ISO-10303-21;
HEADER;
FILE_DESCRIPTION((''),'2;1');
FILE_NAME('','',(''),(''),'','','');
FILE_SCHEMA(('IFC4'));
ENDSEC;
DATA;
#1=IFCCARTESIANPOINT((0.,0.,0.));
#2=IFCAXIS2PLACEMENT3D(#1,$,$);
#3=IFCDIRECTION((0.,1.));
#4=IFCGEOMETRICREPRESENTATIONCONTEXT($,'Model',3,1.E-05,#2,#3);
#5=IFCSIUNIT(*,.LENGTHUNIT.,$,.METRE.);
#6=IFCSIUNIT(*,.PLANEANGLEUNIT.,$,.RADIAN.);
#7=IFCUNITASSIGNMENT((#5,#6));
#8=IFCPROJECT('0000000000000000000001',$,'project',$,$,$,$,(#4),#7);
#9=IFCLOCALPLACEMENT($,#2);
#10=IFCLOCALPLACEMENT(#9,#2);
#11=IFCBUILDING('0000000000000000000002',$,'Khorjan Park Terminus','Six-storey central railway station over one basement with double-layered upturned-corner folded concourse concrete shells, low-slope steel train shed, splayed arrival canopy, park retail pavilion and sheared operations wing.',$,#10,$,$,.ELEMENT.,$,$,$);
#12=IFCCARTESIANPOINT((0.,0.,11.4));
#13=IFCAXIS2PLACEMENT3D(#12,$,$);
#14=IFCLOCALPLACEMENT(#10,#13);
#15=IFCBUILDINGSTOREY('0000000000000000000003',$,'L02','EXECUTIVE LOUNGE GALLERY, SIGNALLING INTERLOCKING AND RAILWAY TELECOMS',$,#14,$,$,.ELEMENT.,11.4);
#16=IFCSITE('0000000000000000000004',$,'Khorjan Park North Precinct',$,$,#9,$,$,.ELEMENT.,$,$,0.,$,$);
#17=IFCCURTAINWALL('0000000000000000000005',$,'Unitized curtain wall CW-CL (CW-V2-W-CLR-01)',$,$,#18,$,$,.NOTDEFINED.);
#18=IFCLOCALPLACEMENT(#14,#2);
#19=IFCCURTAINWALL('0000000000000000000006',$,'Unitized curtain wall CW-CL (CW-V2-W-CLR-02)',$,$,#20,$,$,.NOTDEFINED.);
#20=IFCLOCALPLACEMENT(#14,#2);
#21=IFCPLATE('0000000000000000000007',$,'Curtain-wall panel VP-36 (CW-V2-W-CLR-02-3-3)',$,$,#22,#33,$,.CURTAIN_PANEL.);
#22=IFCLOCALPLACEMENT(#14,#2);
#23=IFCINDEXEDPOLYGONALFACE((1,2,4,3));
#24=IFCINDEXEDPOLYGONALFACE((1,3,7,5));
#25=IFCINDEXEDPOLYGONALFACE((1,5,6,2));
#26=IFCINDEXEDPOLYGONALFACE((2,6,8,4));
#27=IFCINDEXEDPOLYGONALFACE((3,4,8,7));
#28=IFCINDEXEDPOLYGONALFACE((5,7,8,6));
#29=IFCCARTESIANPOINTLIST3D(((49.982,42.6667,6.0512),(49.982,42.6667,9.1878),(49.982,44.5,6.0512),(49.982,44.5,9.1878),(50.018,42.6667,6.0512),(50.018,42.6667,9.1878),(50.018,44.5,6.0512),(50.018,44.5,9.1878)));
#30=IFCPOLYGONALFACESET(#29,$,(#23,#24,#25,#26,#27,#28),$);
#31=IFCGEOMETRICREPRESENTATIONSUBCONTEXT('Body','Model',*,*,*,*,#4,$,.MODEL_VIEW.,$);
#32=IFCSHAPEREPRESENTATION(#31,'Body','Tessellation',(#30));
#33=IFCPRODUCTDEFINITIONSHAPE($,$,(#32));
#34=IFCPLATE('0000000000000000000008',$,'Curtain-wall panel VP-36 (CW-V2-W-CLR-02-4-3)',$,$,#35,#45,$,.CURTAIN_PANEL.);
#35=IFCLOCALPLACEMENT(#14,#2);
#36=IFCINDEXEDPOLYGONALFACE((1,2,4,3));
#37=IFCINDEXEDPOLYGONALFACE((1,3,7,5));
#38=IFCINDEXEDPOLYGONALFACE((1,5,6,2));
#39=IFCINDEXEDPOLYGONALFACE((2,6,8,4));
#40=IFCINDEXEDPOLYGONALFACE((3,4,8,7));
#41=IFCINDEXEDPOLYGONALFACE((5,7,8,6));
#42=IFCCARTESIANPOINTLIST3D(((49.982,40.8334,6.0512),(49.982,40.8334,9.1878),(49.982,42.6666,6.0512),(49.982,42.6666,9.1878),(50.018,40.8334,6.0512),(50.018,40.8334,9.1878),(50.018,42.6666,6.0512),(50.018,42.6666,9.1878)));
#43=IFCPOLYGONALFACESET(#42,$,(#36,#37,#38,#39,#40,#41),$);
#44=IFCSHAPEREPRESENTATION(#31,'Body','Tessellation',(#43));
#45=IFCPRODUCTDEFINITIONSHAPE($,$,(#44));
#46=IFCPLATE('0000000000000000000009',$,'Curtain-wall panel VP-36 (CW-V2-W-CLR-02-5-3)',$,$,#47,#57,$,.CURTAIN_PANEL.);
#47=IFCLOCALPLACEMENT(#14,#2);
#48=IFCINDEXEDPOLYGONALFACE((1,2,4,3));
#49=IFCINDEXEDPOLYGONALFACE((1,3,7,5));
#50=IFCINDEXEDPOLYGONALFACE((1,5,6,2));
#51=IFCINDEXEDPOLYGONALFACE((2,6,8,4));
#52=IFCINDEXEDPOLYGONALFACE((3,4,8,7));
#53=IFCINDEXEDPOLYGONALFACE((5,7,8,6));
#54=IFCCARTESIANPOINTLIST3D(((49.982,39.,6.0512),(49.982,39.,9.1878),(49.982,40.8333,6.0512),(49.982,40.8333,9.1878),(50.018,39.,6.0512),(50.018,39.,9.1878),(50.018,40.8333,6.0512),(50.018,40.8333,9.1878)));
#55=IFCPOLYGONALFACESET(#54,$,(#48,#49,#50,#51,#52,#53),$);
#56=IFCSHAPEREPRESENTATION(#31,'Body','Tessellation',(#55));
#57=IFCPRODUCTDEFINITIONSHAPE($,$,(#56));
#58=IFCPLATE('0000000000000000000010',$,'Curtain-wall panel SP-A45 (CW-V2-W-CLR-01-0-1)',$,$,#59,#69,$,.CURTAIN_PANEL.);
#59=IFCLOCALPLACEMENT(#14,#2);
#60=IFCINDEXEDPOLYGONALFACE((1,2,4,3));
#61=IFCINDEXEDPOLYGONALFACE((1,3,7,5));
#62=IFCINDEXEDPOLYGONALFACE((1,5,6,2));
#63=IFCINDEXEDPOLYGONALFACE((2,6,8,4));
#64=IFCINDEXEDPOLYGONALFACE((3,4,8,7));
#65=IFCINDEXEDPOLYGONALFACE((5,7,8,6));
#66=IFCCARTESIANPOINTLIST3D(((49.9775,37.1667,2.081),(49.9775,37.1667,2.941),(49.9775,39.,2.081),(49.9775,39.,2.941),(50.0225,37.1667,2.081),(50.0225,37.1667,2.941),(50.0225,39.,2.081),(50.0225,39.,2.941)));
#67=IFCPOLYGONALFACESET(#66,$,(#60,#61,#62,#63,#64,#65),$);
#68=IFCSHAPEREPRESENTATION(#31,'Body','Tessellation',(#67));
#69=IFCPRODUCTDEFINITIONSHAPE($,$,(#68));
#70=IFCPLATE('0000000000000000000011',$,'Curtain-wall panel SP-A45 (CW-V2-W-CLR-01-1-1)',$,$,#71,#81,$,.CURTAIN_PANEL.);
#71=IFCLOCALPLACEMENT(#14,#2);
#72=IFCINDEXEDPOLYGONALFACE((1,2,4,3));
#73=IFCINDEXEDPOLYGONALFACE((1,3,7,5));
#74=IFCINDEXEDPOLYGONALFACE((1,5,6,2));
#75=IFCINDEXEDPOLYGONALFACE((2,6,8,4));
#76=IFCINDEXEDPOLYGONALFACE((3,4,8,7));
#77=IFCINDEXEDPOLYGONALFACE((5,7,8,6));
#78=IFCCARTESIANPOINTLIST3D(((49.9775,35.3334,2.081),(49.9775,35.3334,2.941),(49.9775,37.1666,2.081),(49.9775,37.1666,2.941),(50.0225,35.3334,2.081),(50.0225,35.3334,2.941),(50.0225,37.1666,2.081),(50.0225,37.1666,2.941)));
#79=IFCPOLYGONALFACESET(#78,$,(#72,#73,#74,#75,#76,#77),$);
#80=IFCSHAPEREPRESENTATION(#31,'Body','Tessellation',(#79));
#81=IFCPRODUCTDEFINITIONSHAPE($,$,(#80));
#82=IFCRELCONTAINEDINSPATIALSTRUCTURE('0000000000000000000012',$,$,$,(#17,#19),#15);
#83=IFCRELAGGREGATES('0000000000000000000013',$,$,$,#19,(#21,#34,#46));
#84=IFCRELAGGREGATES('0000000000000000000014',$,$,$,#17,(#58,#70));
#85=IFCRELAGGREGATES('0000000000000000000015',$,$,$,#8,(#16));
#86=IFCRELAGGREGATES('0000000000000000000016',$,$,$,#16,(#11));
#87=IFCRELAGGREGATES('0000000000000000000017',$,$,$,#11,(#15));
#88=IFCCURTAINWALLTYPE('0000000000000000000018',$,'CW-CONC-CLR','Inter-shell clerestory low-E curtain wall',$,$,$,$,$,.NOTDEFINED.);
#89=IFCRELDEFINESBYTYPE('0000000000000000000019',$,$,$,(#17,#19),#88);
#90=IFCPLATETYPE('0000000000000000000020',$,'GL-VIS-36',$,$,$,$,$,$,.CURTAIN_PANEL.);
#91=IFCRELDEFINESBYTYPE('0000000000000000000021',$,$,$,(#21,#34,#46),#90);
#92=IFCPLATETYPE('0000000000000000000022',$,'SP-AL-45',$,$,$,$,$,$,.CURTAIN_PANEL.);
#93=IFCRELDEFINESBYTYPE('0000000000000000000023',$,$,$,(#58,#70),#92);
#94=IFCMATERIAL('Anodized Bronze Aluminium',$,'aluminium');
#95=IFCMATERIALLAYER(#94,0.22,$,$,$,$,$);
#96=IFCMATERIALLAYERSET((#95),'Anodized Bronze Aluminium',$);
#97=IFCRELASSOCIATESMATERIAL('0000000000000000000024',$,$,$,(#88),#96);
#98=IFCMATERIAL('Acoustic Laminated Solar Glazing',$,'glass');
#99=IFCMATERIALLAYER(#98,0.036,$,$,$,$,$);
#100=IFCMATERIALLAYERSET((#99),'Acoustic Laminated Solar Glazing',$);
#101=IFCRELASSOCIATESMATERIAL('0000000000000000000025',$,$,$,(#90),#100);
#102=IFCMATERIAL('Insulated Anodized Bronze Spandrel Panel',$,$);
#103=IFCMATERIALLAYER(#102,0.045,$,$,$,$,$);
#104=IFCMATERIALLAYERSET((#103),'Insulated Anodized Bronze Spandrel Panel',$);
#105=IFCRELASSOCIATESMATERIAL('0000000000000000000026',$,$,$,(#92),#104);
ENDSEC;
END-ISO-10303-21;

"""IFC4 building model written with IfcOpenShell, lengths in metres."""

from ifc_helpers import new_model, si_unit, direction, frame, origin, origin_2d, place, context, subcontext, project, spatial, rectangle, extrude, material, layer, layer_set, type_object, element, aggregate, save


model = new_model("IFC4")

# Units and contexts
model_context = context("Model", 3, precision=1e-05, world=origin(), true_north=direction((0.0, 1.0)))
body_context = subcontext(model_context, "Body", "Model", "MODEL_VIEW")
ifc_project = project(units=[si_unit("LENGTHUNIT", "METRE"), si_unit("PLANEANGLEUNIT", "RADIAN")], contexts=[model_context])

# Site, building, storey
site_placement = place(None, origin())
site = spatial("IfcSite", under=ifc_project, at=site_placement, Name="Khorjan Park North Precinct", CompositionType="ELEMENT", RefElevation=0.0)
building_placement = place(site_placement, origin())
building = spatial("IfcBuilding", under=site, at=building_placement, Name="Khorjan Park Terminus", Description="Six-storey central railway station over one basement with double-layered upturned-corner folded concourse concrete shells, low-slope steel train shed, splayed arrival canopy, park retail pavilion and sheared operations wing.", CompositionType="ELEMENT")
storey_placement = place(building_placement, frame((0.0, 0.0, 11.4)))
storey = spatial("IfcBuildingStorey", under=building, at=storey_placement, Name="L02", Description="EXECUTIVE LOUNGE GALLERY, SIGNALLING INTERLOCKING AND RAILWAY TELECOMS", CompositionType="ELEMENT", Elevation=11.4)

# Curtain walls
ifc_material_1 = material(Name="Anodized Bronze Aluminium", Category="aluminium")
ifc_layer_1 = layer(ifc_material_1, 0.22)
ifc_layer_set_1 = layer_set([ifc_layer_1], Name="Anodized Bronze Aluminium")
curtain_wall_type = type_object("IfcCurtainWallType", Name="CW-CONC-CLR", Description="Inter-shell clerestory low-E curtain wall", PredefinedType="NOTDEFINED", material=ifc_layer_set_1)
curtain_wall_1_placement = place(storey_placement, origin())
curtain_wall_1 = element("IfcCurtainWall", 1, at=curtain_wall_1_placement, inside=storey, type_object=curtain_wall_type, Name="Unitized curtain wall CW-CL (CW-V2-W-CLR-01)", PredefinedType="NOTDEFINED")
curtain_wall_2_placement = place(storey_placement, origin())
curtain_wall_2 = element("IfcCurtainWall", 2, at=curtain_wall_2_placement, inside=storey, type_object=curtain_wall_type, Name="Unitized curtain wall CW-CL (CW-V2-W-CLR-02)", PredefinedType="NOTDEFINED")

# Plates
ifc_material_2 = material(Name="Acoustic Laminated Solar Glazing", Category="glass")
ifc_layer_2 = layer(ifc_material_2, 0.036)
ifc_layer_set_2 = layer_set([ifc_layer_2], Name="Acoustic Laminated Solar Glazing")
plate_type_1 = type_object("IfcPlateType", Name="GL-VIS-36", PredefinedType="CURTAIN_PANEL", material=ifc_layer_set_2)
plate_1_placement = place(storey_placement, frame((50.0, 43.5833, 6.0512), z_axis=(0.0, 0.0, 1.0), x_axis=(0.0, -1.0, 0.0)))
plate_1 = element("IfcPlate", 3, at=plate_1_placement, type_object=plate_type_1, Name="Curtain-wall panel VP-36 (CW-V2-W-CLR-02-3-3)", PredefinedType="CURTAIN_PANEL", context=body_context, shape_type="SweptSolid", body=[
    extrude(rectangle(XDim=1.8333, YDim=0.036, at=origin_2d()), origin(), (0.0, 0.0, 1.0), 3.1366),
])
plate_2_placement = place(storey_placement, frame((50.0, 41.75, 6.0512), z_axis=(0.0, 0.0, 1.0), x_axis=(0.0, -1.0, 0.0)))
plate_2 = element("IfcPlate", 4, at=plate_2_placement, type_object=plate_type_1, Name="Curtain-wall panel VP-36 (CW-V2-W-CLR-02-4-3)", PredefinedType="CURTAIN_PANEL", context=body_context, shape_type="SweptSolid", body=[
    extrude(rectangle(XDim=1.8333, YDim=0.036, at=origin_2d()), origin(), (0.0, 0.0, 1.0), 3.1366),
])
plate_3_placement = place(storey_placement, frame((50.0, 39.9167, 6.0512), z_axis=(0.0, 0.0, 1.0), x_axis=(0.0, -1.0, 0.0)))
plate_3 = element("IfcPlate", 5, at=plate_3_placement, type_object=plate_type_1, Name="Curtain-wall panel VP-36 (CW-V2-W-CLR-02-5-3)", PredefinedType="CURTAIN_PANEL", context=body_context, shape_type="SweptSolid", body=[
    extrude(rectangle(XDim=1.8333, YDim=0.036, at=origin_2d()), origin(), (0.0, 0.0, 1.0), 3.1366),
])
aggregate(curtain_wall_2, [plate_1, plate_2, plate_3])
ifc_material_3 = material(Name="Insulated Anodized Bronze Spandrel Panel")
ifc_layer_3 = layer(ifc_material_3, 0.045)
ifc_layer_set_3 = layer_set([ifc_layer_3], Name="Insulated Anodized Bronze Spandrel Panel")
plate_type_2 = type_object("IfcPlateType", Name="SP-AL-45", PredefinedType="CURTAIN_PANEL", material=ifc_layer_set_3)
plate_4_placement = place(storey_placement, frame((50.0, 38.0833, 2.081), z_axis=(0.0, 0.0, 1.0), x_axis=(0.0, -1.0, 0.0)))
plate_4 = element("IfcPlate", 6, at=plate_4_placement, type_object=plate_type_2, Name="Curtain-wall panel SP-A45 (CW-V2-W-CLR-01-0-1)", PredefinedType="CURTAIN_PANEL", context=body_context, shape_type="SweptSolid", body=[
    extrude(rectangle(XDim=1.8333, YDim=0.045, at=origin_2d()), origin(), (0.0, 0.0, 1.0), 0.86),
])
plate_5_placement = place(storey_placement, frame((50.0, 36.25, 2.081), z_axis=(0.0, 0.0, 1.0), x_axis=(0.0, -1.0, 0.0)))
plate_5 = element("IfcPlate", 7, at=plate_5_placement, type_object=plate_type_2, Name="Curtain-wall panel SP-A45 (CW-V2-W-CLR-01-1-1)", PredefinedType="CURTAIN_PANEL", context=body_context, shape_type="SweptSolid", body=[
    extrude(rectangle(XDim=1.8333, YDim=0.045, at=origin_2d()), origin(), (0.0, 0.0, 1.0), 0.86),
])
aggregate(curtain_wall_1, [plate_4, plate_5])

save(model, "model.ifc")
